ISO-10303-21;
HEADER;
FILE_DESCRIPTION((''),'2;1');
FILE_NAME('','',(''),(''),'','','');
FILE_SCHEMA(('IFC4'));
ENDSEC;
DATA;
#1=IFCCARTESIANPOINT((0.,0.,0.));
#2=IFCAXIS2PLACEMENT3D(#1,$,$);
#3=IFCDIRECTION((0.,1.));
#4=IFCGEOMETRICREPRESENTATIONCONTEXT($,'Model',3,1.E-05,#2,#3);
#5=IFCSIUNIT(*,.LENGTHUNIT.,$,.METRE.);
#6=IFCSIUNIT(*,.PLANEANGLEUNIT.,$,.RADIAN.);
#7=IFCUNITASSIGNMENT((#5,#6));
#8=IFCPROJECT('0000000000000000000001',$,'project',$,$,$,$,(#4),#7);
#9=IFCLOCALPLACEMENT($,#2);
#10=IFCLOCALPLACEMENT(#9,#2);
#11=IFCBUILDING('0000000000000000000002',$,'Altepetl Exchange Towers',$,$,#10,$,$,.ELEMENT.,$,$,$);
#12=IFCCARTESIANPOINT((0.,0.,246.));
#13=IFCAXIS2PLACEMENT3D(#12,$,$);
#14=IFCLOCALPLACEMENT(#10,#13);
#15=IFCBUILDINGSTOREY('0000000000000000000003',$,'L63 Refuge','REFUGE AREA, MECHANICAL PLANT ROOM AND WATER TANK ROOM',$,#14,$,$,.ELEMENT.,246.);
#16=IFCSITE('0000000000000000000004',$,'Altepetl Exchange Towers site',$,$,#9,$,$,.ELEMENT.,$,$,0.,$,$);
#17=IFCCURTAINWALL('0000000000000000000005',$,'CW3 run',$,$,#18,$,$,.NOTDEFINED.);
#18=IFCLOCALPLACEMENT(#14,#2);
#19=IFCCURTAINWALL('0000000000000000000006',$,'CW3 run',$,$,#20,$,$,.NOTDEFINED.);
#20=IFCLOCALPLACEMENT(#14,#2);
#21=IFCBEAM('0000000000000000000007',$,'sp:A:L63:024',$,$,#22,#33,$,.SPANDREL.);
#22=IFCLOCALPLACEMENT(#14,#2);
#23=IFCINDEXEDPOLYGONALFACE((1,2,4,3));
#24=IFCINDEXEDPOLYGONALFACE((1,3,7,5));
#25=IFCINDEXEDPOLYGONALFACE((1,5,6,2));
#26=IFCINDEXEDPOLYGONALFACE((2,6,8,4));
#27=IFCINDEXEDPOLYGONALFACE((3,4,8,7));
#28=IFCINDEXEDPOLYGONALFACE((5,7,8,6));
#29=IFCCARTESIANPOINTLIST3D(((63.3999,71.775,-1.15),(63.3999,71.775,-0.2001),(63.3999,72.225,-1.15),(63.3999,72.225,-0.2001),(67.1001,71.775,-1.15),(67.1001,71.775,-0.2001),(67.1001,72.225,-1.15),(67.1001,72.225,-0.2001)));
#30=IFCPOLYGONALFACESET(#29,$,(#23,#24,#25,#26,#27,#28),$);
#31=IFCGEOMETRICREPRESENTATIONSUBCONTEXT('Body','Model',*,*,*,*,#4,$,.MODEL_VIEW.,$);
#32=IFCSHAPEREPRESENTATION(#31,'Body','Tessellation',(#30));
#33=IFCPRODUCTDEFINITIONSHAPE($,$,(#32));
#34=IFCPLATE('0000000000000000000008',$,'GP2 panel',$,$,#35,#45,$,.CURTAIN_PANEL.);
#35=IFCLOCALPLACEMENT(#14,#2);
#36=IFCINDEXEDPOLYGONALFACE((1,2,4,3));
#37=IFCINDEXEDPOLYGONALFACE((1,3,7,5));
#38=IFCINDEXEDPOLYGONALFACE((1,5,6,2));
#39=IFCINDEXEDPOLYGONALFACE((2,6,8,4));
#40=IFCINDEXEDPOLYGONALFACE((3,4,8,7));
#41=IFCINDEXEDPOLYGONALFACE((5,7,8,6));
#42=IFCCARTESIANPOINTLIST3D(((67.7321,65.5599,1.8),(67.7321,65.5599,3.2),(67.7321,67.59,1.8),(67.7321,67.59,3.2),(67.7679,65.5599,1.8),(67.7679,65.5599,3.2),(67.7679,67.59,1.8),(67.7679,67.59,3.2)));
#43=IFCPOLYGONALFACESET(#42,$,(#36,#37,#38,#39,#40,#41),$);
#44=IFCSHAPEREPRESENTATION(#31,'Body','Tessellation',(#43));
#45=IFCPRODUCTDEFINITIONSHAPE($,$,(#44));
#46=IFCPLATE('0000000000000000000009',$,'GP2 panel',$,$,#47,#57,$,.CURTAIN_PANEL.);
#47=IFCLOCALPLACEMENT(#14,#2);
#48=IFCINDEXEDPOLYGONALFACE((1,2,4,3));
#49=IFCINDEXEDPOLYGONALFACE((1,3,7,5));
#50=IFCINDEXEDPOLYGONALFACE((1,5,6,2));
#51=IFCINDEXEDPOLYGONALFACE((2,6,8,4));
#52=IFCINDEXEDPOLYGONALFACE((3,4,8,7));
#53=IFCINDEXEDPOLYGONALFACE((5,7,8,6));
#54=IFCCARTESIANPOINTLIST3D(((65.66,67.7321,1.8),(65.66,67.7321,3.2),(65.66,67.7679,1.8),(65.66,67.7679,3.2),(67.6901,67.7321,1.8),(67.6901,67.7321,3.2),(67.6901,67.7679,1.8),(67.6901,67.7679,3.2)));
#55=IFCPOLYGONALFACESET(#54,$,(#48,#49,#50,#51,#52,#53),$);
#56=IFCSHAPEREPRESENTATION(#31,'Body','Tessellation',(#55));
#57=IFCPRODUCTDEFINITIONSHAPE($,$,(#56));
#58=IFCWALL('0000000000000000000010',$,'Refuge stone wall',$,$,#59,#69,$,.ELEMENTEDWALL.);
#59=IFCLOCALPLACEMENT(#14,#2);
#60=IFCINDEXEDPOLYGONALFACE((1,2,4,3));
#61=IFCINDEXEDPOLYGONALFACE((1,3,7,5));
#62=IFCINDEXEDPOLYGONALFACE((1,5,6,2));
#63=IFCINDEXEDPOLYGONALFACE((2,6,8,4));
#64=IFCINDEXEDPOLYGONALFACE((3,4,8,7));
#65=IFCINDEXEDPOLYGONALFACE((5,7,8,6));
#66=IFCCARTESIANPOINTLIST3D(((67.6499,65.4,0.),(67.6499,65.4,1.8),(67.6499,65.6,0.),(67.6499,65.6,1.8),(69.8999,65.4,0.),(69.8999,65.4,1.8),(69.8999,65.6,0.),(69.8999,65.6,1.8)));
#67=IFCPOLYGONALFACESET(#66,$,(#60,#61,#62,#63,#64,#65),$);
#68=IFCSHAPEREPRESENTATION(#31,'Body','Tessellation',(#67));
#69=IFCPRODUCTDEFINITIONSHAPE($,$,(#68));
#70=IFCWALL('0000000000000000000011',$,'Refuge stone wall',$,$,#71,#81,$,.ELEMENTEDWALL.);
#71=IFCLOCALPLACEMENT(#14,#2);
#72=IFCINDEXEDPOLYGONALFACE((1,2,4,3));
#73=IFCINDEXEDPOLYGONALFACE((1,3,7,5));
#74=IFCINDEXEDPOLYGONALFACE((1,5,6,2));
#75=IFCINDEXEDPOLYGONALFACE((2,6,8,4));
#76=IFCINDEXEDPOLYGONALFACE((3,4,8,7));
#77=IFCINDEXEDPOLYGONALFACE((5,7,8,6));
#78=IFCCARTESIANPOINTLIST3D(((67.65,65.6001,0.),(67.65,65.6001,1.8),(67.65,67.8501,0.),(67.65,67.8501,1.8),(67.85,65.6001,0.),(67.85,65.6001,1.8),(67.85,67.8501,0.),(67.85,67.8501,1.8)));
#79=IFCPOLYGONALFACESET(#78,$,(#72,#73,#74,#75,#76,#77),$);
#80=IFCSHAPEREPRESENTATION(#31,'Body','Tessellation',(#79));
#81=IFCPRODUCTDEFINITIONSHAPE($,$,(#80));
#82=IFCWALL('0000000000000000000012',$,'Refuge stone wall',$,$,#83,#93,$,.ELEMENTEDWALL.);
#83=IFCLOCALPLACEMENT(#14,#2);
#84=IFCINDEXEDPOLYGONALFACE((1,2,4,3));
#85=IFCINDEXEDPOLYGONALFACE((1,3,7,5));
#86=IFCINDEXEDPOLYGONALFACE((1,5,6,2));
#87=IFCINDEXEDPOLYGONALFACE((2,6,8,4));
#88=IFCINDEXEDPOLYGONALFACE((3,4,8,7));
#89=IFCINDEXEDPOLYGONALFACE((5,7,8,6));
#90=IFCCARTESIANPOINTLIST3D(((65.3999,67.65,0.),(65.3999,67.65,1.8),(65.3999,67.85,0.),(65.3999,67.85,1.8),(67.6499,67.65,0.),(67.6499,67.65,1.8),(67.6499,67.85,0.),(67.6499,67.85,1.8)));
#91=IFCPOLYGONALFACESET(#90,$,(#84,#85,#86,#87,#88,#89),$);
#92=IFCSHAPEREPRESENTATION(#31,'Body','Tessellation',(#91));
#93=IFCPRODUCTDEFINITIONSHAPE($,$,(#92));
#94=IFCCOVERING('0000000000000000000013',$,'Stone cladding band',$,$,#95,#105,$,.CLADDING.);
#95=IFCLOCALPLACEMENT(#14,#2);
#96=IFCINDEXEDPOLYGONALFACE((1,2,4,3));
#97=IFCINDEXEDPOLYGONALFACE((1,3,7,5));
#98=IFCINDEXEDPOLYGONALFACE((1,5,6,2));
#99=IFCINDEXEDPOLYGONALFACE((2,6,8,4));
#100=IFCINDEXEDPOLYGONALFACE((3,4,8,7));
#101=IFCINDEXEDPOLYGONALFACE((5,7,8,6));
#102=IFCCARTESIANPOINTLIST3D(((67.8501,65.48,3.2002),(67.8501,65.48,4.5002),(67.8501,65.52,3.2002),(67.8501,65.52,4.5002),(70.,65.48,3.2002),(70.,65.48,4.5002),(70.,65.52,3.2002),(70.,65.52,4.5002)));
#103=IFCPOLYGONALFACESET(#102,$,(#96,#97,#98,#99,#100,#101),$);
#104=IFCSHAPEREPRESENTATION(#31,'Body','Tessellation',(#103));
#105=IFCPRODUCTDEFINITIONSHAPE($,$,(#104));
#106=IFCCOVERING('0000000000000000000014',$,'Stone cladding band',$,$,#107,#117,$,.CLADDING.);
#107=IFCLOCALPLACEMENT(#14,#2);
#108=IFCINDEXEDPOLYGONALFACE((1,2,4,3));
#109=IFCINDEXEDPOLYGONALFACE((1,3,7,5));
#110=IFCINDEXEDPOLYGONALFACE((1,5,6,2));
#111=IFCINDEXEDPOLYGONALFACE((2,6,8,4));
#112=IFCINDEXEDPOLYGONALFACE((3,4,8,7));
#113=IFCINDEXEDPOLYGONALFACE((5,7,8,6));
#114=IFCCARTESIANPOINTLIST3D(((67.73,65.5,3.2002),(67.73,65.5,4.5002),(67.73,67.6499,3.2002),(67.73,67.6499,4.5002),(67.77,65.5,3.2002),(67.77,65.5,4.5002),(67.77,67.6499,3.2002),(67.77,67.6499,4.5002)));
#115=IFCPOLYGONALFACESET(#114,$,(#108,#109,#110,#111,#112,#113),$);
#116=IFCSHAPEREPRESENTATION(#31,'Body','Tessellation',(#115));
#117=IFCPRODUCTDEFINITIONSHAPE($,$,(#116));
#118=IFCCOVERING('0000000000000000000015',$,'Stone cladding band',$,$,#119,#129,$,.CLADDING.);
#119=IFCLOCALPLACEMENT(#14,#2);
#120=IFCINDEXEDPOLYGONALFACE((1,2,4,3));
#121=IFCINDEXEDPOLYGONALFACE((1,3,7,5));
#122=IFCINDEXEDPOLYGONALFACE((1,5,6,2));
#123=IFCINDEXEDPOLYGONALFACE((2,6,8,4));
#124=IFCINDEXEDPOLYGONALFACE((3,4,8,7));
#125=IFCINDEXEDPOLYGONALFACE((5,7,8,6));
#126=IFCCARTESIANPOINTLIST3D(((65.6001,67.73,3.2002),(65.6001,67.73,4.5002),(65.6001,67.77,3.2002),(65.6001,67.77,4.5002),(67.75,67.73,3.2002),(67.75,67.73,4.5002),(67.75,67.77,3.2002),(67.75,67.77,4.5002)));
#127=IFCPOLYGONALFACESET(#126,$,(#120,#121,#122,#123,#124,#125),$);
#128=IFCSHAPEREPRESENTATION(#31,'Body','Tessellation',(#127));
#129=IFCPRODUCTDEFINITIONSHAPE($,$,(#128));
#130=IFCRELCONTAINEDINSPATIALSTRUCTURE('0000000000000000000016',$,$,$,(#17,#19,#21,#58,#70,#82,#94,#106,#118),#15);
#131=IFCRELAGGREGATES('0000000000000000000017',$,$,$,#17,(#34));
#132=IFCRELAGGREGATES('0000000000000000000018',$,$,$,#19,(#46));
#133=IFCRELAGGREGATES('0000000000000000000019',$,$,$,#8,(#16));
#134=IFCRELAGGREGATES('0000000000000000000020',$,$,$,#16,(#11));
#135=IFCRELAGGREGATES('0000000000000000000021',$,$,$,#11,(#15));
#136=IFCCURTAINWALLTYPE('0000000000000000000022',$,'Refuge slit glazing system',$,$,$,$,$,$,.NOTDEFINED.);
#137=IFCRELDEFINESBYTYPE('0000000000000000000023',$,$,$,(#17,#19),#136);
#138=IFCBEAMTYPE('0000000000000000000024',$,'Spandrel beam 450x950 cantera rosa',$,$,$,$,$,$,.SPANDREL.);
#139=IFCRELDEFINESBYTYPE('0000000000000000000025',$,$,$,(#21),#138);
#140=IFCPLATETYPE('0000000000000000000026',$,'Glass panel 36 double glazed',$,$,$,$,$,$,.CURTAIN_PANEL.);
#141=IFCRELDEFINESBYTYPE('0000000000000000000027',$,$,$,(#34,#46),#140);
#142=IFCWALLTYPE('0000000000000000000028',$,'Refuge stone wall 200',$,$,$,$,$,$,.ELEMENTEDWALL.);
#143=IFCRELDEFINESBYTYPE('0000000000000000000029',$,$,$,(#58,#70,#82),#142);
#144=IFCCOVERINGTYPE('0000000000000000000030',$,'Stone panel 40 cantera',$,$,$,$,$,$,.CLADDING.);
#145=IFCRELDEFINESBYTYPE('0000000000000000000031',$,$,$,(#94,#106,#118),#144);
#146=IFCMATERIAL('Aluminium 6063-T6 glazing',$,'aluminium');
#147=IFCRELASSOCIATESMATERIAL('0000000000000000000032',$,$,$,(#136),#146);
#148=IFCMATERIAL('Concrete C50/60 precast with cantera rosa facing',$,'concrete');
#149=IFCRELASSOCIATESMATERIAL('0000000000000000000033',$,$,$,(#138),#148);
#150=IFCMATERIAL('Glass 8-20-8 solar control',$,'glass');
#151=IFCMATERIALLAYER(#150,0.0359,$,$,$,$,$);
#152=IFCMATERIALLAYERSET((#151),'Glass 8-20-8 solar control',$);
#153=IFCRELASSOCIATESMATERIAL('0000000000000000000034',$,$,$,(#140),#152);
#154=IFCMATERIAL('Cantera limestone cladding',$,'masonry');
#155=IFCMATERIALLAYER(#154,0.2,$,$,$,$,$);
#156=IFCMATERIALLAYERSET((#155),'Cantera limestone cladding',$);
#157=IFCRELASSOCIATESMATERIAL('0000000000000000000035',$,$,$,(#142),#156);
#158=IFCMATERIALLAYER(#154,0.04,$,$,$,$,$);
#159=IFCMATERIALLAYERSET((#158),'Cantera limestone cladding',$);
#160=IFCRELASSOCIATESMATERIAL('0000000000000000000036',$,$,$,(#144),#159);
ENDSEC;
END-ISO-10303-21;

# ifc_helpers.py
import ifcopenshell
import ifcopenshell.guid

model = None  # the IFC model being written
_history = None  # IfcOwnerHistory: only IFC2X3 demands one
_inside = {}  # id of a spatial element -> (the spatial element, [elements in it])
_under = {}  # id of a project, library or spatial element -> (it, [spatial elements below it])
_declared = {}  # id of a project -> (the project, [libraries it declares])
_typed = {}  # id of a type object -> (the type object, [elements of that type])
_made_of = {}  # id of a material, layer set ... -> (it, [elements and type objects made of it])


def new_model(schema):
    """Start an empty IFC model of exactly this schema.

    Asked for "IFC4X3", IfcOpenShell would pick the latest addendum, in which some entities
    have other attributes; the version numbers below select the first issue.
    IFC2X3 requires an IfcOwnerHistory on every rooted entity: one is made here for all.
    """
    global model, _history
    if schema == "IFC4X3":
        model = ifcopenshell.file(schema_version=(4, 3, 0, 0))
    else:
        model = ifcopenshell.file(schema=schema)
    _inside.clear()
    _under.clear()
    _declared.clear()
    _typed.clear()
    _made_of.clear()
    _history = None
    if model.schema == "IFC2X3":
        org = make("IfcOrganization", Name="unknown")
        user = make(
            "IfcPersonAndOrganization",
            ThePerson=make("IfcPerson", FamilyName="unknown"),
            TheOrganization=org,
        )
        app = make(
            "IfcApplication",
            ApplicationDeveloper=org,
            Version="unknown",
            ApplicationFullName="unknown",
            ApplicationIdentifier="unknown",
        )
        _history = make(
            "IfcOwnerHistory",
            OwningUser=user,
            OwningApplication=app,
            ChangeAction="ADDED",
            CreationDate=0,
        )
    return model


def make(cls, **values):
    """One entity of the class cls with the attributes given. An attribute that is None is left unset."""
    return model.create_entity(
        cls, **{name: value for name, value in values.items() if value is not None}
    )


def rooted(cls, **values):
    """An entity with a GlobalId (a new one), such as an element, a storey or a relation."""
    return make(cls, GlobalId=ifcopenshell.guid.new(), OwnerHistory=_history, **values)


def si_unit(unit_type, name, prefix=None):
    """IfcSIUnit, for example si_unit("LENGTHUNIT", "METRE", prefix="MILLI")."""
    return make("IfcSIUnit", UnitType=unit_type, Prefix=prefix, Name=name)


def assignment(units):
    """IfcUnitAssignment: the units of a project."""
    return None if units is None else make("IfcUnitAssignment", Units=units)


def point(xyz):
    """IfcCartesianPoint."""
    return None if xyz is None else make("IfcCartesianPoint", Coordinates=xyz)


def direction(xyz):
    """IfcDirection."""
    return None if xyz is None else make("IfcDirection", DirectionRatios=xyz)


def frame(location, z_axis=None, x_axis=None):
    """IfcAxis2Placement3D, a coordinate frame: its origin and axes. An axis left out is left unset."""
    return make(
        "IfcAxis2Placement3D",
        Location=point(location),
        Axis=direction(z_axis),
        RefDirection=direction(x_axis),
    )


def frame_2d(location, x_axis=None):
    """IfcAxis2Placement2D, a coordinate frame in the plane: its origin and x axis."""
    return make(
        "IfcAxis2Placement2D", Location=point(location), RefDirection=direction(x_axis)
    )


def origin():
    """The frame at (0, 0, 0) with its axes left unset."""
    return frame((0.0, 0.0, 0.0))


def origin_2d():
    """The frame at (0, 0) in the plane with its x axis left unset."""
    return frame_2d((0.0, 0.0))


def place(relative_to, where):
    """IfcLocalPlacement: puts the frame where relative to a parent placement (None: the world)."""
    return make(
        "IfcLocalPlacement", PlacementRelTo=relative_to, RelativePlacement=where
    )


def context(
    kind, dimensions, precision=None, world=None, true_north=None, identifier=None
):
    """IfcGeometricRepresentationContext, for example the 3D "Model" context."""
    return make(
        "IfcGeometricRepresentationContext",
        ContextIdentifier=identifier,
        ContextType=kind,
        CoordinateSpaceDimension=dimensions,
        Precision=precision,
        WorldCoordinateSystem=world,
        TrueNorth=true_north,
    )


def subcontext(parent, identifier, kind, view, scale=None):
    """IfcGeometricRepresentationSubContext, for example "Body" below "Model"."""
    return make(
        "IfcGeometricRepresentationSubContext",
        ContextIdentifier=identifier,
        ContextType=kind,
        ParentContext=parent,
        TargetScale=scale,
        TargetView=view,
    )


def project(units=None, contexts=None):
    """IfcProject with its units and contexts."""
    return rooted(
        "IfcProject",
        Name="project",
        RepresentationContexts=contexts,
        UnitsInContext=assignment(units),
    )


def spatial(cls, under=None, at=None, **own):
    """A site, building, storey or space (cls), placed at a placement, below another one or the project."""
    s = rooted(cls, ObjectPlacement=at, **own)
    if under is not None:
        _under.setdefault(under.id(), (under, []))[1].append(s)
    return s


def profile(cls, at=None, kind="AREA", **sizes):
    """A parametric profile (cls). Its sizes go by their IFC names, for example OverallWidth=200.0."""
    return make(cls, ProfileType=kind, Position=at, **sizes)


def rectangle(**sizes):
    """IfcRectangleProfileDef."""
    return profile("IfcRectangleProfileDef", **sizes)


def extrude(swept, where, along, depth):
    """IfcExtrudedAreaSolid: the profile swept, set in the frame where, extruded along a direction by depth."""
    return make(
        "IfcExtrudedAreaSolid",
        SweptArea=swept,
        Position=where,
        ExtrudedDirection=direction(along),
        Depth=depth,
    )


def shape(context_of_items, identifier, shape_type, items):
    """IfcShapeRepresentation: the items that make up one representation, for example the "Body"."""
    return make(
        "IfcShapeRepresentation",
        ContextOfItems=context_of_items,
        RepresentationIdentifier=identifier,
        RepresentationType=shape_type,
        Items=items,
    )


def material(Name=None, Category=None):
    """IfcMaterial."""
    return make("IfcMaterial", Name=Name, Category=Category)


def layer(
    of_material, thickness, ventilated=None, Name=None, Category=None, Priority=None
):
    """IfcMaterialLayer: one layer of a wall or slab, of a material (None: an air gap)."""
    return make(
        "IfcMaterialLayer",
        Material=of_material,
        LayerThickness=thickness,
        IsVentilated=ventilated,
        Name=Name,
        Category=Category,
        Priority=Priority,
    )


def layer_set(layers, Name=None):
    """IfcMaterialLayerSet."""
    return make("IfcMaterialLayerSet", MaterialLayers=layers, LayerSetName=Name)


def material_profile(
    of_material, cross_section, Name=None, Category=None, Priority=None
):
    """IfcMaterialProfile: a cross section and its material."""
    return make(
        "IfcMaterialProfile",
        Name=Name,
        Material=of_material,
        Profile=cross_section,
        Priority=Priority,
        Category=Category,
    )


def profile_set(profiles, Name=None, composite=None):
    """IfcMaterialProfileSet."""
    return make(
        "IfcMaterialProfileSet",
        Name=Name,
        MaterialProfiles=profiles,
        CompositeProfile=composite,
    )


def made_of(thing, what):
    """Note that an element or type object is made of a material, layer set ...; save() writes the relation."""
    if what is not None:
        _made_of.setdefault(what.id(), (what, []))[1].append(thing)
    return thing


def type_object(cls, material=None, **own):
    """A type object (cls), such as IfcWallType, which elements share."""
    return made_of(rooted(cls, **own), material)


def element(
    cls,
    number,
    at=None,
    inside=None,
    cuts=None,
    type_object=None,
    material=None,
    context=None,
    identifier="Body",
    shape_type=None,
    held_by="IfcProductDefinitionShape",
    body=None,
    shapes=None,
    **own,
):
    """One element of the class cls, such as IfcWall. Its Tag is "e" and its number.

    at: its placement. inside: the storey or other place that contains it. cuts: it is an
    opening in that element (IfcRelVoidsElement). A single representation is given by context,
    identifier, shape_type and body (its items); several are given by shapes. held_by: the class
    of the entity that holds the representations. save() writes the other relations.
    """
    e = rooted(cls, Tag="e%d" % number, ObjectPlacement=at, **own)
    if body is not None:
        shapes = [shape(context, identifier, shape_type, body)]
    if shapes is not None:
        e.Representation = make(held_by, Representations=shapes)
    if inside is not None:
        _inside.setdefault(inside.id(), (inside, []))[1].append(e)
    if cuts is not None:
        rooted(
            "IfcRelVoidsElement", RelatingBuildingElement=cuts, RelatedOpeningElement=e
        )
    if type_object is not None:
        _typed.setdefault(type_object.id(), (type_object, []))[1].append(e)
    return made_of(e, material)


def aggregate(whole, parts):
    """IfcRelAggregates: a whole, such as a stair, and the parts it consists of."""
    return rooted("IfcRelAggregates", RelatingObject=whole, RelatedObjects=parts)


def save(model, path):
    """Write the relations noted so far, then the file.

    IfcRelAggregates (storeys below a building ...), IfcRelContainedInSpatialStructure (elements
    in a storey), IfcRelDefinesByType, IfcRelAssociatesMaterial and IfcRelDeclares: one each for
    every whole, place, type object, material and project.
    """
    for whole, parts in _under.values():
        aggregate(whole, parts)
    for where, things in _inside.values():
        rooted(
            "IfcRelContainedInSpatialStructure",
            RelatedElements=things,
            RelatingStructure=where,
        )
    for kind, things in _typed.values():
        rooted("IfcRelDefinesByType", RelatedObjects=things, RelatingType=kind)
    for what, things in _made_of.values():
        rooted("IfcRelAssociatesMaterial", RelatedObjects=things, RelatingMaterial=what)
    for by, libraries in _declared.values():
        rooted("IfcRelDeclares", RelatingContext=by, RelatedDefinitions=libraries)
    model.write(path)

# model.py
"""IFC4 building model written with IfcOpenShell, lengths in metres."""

from ifc_helpers import new_model, si_unit, direction, frame, frame_2d, origin, origin_2d, place, context, subcontext, project, spatial, rectangle, extrude, material, layer, layer_set, material_profile, profile_set, type_object, element, aggregate, save


model = new_model("IFC4")

# Units and contexts
model_context = context("Model", 3, precision=1e-05, world=origin(), true_north=direction((0.0, 1.0)))
body_context = subcontext(model_context, "Body", "Model", "MODEL_VIEW")
ifc_project = project(units=[si_unit("LENGTHUNIT", "METRE"), si_unit("PLANEANGLEUNIT", "RADIAN")], contexts=[model_context])

# Site, building, storey
site_placement = place(None, origin())
site = spatial("IfcSite", under=ifc_project, at=site_placement, Name="Altepetl Exchange Towers site", CompositionType="ELEMENT", RefElevation=0.0)
building_placement = place(site_placement, origin())
building = spatial("IfcBuilding", under=site, at=building_placement, Name="Altepetl Exchange Towers", CompositionType="ELEMENT")
storey_placement = place(building_placement, frame((0.0, 0.0, 246.0)))
storey = spatial("IfcBuildingStorey", under=building, at=storey_placement, Name="L63 Refuge", Description="REFUGE AREA, MECHANICAL PLANT ROOM AND WATER TANK ROOM", CompositionType="ELEMENT", Elevation=246.0)

# Shared definitions
ifc_material_1 = material(Name="Aluminium 6063-T6 glazing", Category="aluminium")
curtain_wall_type = type_object("IfcCurtainWallType", Name="Refuge slit glazing system", PredefinedType="NOTDEFINED", material=ifc_material_1)

# Curtain walls
curtain_wall_1_placement = place(storey_placement, origin())
curtain_wall_1 = element("IfcCurtainWall", 1, at=curtain_wall_1_placement, inside=storey, type_object=curtain_wall_type, Name="CW3 run", PredefinedType="NOTDEFINED")
curtain_wall_2_placement = place(storey_placement, origin())
curtain_wall_2 = element("IfcCurtainWall", 2, at=curtain_wall_2_placement, inside=storey, type_object=curtain_wall_type, Name="CW3 run", PredefinedType="NOTDEFINED")

# Beam
ifc_material_2 = material(Name="Concrete C50/60 precast with cantera rosa facing", Category="concrete")
ifc_material_profile_1 = material_profile(ifc_material_2, rectangle(XDim=0.45, YDim=0.95, at=origin_2d()), Name="450 x 950")
ifc_profile_set_1 = profile_set([ifc_material_profile_1], Name="Concrete C50/60 precast with cantera rosa facing")
beam_type = type_object("IfcBeamType", Name="Spandrel beam 450x950 cantera rosa", PredefinedType="SPANDREL", material=ifc_profile_set_1)
beam_1_placement = place(storey_placement, frame((67.1001, 72.0, -0.675), z_axis=(-1.0, 0.0, 0.0), x_axis=(0.0, -1.0, 0.0)))
element("IfcBeam", 3, at=beam_1_placement, inside=storey, type_object=beam_type, Name="sp:A:L63:024", PredefinedType="SPANDREL", context=body_context, shape_type="SweptSolid", body=[
    extrude(rectangle(XDim=0.45, YDim=0.95, at=origin_2d()), origin(), (0.0, 0.0, 1.0), 3.7002),
])

# Plates
ifc_material_3 = material(Name="Glass 8-20-8 solar control", Category="glass")
ifc_layer_1 = layer(ifc_material_3, 0.0359)
ifc_layer_set_1 = layer_set([ifc_layer_1], Name="Glass 8-20-8 solar control")
plate_type = type_object("IfcPlateType", Name="Glass panel 36 double glazed", PredefinedType="CURTAIN_PANEL", material=ifc_layer_set_1)
plate_1_placement = place(storey_placement, frame((67.75, 66.575, 1.8), z_axis=(0.0, 0.0, 1.0), x_axis=(0.0, 1.0, 0.0)))
plate_1 = element("IfcPlate", 4, at=plate_1_placement, type_object=plate_type, Name="GP2 panel", PredefinedType="CURTAIN_PANEL", context=body_context, shape_type="SweptSolid", body=[
    extrude(rectangle(XDim=2.03, YDim=0.0359, at=origin_2d()), origin(), (0.0, 0.0, 1.0), 1.3999),
])
aggregate(curtain_wall_1, [plate_1])
plate_2_placement = place(storey_placement, frame((66.675, 67.75, 1.8), z_axis=(0.0, 0.0, 1.0), x_axis=(-1.0, 0.0, 0.0)))
plate_2 = element("IfcPlate", 5, at=plate_2_placement, type_object=plate_type, Name="GP2 panel", PredefinedType="CURTAIN_PANEL", context=body_context, shape_type="SweptSolid", body=[
    extrude(rectangle(XDim=2.03, YDim=0.0359, at=origin_2d()), origin(), (0.0, 0.0, 1.0), 1.3999),
])
aggregate(curtain_wall_2, [plate_2])

# Walls
ifc_material_4 = material(Name="Cantera limestone cladding", Category="masonry")
ifc_layer_2 = layer(ifc_material_4, 0.2)
ifc_layer_set_2 = layer_set([ifc_layer_2], Name="Cantera limestone cladding")
wall_type = type_object("IfcWallType", Name="Refuge stone wall 200", PredefinedType="ELEMENTEDWALL", material=ifc_layer_set_2)
for number, where, z_axis, x_axis, name in (
    (6, (69.8999, 65.5, 0.0), (0.0, 0.0, 1.0), (-1.0, 0.0, 0.0), "Refuge stone wall"),
    (7, (67.75, 65.6001, 0.0), (0.0, 0.0, 1.0), (0.0, 1.0, 0.0), "Refuge stone wall"),
    (8, (67.6499, 67.75, 0.0), (0.0, 0.0, 1.0), (-1.0, 0.0, 0.0), "Refuge stone wall"),
):
    element("IfcWall", number, at=place(storey_placement, frame(where, z_axis=z_axis, x_axis=x_axis)), inside=storey, type_object=wall_type, Name=name, PredefinedType="ELEMENTEDWALL", context=body_context, shape_type="SweptSolid", body=[
        extrude(rectangle(XDim=2.25, YDim=0.2, at=frame_2d((1.125, 0.0))), origin(), (0.0, 0.0, 1.0), 1.8),
    ])

# Coverings
ifc_layer_3 = layer(ifc_material_4, 0.04)
ifc_layer_set_3 = layer_set([ifc_layer_3], Name="Cantera limestone cladding")
covering_type = type_object("IfcCoveringType", Name="Stone panel 40 cantera", PredefinedType="CLADDING", material=ifc_layer_set_3)
for number, where, z_axis, x_axis, name in (
    (9, (68.925, 65.5, 3.2002), (0.0, 0.0, 1.0), (-1.0, 0.0, 0.0), "Stone cladding band"),
    (10, (67.75, 66.575, 3.2002), (0.0, 0.0, 1.0), (0.0, 1.0, 0.0), "Stone cladding band"),
    (11, (66.675, 67.75, 3.2002), (0.0, 0.0, 1.0), (-1.0, 0.0, 0.0), "Stone cladding band"),
):
    element("IfcCovering", number, at=place(storey_placement, frame(where, z_axis=z_axis, x_axis=x_axis)), inside=storey, type_object=covering_type, Name=name, PredefinedType="CLADDING", context=body_context, shape_type="SweptSolid", body=[
        extrude(rectangle(XDim=2.1499, YDim=0.04, at=origin_2d()), origin(), (0.0, 0.0, 1.0), 1.3),
    ])

save(model, "model.ifc")
